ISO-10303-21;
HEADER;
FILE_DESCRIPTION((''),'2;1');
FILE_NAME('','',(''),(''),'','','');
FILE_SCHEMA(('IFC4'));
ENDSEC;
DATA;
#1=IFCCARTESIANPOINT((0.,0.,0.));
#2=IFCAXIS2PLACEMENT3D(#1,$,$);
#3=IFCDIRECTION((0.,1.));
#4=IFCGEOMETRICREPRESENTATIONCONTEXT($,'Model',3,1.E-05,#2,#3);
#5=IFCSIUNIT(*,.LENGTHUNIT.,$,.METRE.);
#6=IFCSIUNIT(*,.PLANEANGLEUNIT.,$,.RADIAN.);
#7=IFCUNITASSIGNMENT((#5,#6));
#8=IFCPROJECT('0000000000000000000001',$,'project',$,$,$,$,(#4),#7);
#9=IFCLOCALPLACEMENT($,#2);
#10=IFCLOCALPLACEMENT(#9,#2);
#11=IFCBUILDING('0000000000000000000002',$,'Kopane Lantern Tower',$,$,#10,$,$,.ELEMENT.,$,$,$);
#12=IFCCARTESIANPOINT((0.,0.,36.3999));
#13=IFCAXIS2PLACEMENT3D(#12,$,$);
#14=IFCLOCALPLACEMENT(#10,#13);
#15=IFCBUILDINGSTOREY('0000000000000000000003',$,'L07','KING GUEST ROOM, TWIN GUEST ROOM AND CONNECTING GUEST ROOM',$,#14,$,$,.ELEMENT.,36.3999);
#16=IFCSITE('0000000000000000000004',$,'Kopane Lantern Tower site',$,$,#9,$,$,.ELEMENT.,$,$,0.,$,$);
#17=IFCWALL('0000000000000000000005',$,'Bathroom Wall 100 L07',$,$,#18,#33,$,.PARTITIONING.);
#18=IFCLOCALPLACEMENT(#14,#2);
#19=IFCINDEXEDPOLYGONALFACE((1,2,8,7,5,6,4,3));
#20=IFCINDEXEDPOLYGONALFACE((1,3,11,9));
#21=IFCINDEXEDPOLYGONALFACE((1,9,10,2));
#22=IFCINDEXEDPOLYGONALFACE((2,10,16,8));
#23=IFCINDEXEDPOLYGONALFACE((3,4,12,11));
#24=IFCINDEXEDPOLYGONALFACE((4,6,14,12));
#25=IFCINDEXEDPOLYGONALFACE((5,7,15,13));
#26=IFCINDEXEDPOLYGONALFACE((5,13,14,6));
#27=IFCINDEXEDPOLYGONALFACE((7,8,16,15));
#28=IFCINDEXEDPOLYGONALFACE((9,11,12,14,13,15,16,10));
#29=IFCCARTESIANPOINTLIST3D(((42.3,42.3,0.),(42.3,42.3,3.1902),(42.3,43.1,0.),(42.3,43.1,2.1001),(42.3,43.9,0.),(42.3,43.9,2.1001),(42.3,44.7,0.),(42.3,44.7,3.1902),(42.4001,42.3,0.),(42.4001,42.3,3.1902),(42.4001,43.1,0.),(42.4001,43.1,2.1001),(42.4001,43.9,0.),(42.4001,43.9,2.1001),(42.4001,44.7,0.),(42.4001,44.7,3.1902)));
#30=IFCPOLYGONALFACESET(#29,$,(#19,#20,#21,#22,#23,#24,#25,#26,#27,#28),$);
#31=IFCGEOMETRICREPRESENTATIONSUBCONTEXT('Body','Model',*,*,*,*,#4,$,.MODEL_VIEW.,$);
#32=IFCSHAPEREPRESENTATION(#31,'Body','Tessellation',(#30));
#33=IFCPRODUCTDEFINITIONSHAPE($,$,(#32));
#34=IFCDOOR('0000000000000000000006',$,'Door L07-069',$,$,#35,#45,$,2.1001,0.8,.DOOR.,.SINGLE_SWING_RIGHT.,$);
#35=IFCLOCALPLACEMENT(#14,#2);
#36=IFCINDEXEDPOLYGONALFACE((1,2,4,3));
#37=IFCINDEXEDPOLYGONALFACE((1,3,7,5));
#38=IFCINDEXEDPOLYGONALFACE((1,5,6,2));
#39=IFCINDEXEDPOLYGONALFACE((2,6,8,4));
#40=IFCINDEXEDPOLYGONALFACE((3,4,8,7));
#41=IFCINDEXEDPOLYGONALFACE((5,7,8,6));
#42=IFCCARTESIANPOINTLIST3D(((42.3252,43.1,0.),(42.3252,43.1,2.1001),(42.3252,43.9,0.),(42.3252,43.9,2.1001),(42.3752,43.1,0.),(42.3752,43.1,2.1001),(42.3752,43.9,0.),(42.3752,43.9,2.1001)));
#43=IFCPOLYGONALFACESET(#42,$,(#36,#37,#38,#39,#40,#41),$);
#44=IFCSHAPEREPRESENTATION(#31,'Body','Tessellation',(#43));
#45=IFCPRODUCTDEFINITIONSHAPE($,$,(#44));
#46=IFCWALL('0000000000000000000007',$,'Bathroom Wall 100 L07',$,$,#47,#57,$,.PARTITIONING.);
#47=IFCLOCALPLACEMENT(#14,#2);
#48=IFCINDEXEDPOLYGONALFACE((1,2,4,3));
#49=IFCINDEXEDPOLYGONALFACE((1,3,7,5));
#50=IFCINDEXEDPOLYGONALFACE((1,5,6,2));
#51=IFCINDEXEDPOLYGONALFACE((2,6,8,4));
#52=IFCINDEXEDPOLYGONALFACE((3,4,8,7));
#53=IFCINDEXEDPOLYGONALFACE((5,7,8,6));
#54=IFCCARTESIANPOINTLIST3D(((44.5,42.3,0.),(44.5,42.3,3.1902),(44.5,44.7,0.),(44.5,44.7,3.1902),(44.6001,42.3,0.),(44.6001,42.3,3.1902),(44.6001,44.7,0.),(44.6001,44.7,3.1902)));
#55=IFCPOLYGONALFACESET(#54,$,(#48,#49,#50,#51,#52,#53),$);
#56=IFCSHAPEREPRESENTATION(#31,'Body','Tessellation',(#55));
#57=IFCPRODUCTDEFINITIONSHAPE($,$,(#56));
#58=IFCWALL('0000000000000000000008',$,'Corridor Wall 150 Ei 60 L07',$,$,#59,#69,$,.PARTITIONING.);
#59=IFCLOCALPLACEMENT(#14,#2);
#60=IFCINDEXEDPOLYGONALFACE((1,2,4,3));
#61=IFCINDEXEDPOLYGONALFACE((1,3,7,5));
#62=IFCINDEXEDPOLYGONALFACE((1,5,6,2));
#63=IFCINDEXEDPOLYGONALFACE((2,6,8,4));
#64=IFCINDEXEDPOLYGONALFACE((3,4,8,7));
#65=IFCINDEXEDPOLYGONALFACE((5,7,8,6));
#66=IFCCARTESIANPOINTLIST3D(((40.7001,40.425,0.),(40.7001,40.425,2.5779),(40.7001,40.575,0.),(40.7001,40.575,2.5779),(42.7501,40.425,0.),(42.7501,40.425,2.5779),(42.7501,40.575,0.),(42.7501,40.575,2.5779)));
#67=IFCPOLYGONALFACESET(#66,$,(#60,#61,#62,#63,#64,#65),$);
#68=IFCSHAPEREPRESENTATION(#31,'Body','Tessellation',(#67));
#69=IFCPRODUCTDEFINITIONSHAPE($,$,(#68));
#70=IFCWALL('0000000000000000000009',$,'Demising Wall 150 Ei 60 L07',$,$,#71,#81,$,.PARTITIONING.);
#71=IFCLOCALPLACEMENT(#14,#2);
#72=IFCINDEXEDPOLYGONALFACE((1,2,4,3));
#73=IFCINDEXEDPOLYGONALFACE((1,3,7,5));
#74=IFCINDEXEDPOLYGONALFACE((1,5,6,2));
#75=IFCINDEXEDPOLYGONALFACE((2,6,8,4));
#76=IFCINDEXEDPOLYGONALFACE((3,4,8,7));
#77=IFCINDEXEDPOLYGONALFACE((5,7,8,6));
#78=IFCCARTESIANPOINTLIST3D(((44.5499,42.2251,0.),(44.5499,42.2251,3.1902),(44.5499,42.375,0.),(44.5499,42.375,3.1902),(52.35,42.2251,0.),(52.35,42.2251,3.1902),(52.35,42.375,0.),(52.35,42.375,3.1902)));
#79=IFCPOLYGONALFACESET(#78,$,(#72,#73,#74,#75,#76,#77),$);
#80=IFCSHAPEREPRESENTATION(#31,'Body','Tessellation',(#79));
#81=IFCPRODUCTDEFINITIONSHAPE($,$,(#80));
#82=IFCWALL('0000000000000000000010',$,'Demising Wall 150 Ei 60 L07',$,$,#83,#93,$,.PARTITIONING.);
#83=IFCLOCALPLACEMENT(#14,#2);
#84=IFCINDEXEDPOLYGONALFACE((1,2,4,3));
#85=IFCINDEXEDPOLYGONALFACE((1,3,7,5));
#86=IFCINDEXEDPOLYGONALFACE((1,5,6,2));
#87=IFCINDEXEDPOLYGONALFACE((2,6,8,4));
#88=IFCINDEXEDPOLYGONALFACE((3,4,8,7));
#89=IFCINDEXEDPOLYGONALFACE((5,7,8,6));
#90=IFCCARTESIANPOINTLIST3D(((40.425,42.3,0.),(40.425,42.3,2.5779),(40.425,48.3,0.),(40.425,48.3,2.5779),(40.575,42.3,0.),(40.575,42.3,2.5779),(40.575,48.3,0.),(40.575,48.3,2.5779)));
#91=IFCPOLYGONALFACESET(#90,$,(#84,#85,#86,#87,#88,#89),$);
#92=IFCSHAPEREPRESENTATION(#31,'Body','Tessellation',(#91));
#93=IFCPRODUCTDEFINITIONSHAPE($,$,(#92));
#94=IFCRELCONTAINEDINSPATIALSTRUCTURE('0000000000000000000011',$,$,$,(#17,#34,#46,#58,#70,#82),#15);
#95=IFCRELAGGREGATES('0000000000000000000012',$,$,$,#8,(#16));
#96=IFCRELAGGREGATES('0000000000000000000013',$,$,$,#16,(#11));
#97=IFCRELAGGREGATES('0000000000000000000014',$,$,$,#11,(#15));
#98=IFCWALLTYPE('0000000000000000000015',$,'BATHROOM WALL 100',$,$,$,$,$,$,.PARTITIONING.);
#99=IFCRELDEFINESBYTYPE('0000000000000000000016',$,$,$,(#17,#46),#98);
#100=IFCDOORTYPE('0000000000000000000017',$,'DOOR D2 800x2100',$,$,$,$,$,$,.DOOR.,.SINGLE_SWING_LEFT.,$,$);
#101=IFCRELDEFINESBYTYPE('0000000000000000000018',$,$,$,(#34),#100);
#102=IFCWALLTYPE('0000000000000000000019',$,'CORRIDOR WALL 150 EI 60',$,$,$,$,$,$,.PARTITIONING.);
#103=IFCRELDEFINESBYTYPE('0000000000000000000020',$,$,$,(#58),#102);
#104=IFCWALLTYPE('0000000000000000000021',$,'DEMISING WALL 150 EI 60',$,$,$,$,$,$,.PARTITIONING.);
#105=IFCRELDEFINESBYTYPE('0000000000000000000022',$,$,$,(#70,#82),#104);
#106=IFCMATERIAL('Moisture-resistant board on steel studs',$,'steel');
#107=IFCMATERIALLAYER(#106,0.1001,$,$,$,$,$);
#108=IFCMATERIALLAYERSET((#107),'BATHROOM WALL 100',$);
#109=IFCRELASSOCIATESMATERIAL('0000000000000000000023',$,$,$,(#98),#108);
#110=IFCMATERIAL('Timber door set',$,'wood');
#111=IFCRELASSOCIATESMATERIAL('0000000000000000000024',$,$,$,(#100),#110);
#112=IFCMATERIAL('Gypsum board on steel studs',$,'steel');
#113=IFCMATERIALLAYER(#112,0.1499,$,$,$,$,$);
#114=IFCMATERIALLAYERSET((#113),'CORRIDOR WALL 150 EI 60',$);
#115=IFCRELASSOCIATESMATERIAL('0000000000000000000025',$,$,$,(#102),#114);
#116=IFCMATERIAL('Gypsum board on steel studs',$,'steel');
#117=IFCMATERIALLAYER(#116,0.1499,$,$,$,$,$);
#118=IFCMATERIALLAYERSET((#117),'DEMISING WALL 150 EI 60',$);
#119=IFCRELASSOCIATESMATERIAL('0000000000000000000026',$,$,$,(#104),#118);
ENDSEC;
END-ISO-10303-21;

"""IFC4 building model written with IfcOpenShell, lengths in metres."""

from ifc_helpers import new_model, si_unit, direction, frame, frame_2d, origin, place, context, subcontext, project, spatial, rectangle, extrude, material, layer, layer_set, type_object, element, fill, save


model = new_model("IFC4")

# Units and contexts
model_context = context("Model", 3, precision=1e-05, world=origin(), true_north=direction((0.0, 1.0)))
body_context = subcontext(model_context, "Body", "Model", "MODEL_VIEW")
ifc_project = project(units=[si_unit("LENGTHUNIT", "METRE"), si_unit("PLANEANGLEUNIT", "RADIAN")], contexts=[model_context])

# Site, building, storey
site_placement = place(None, origin())
site = spatial("IfcSite", under=ifc_project, at=site_placement, Name="Kopane Lantern Tower site", CompositionType="ELEMENT", RefElevation=0.0)
building_placement = place(site_placement, origin())
building = spatial("IfcBuilding", under=site, at=building_placement, Name="Kopane Lantern Tower", CompositionType="ELEMENT")
storey_placement = place(building_placement, frame((0.0, 0.0, 36.3999)))
storey = spatial("IfcBuildingStorey", under=building, at=storey_placement, Name="L07", Description="KING GUEST ROOM, TWIN GUEST ROOM AND CONNECTING GUEST ROOM", CompositionType="ELEMENT", Elevation=36.3999)

# Wall, opening, door
ifc_material_1 = material(Name="Moisture-resistant board on steel studs", Category="steel")
ifc_layer_1 = layer(ifc_material_1, 0.1001)
ifc_layer_set_1 = layer_set([ifc_layer_1], Name="BATHROOM WALL 100")
wall_type_1 = type_object("IfcWallType", Name="BATHROOM WALL 100", PredefinedType="PARTITIONING", material=ifc_layer_set_1)
wall_1_placement = place(storey_placement, frame((42.3501, 42.3, 0.0), z_axis=(0.0, 0.0, 1.0), x_axis=(0.0, 1.0, 0.0)))
wall_1 = element("IfcWall", 1, at=wall_1_placement, inside=storey, type_object=wall_type_1, Name="Bathroom Wall 100 L07", PredefinedType="PARTITIONING", context=body_context, shape_type="SweptSolid", body=[
    extrude(rectangle(XDim=2.3999, YDim=0.1001, at=frame_2d((1.2, 0.0))), origin(), (0.0, 0.0, 1.0), 3.1902),
])
opening_1_placement = place(wall_1_placement, frame((0.8, 0.0, 0.0)))
opening_1 = element("IfcOpeningElement", 2, at=opening_1_placement, cuts=wall_1, PredefinedType="OPENING", context=body_context, shape_type="SweptSolid", body=[
    extrude(rectangle(XDim=0.8, YDim=2.1001, at=frame_2d((0.3999, 1.05))), frame((0.0, 0.0601, 0.0), z_axis=(0.0, -1.0, 0.0), x_axis=(1.0, 0.0, 0.0)), (0.0, 0.0, 1.0), 0.1201),
])
ifc_material_2 = material(Name="Timber door set", Category="wood")
door_type_1 = type_object("IfcDoorType", Name="DOOR D2 800x2100", OperationType="SINGLE_SWING_LEFT", PredefinedType="DOOR", material=ifc_material_2)
door_1_placement = place(opening_1_placement, origin())
door_1 = element("IfcDoor", 3, at=door_1_placement, inside=storey, type_object=door_type_1, Name="Door L07-069", OperationType="SINGLE_SWING_RIGHT", OverallHeight=2.1001, OverallWidth=0.8, PredefinedType="DOOR", context=body_context, shape_type="SweptSolid", body=[
    extrude(rectangle(XDim=0.8, YDim=2.1001, at=frame_2d((0.3999, 1.05))), frame((0.0, 0.0249, 0.0), z_axis=(0.0, -1.0, 0.0), x_axis=(1.0, 0.0, 0.0)), (0.0, 0.0, 1.0), 0.05),
])
fill(opening_1, door_1)

# Walls
wall_2_placement = place(storey_placement, frame((44.55, 42.3, 0.0), z_axis=(0.0, 0.0, 1.0), x_axis=(0.0, 1.0, 0.0)))
element("IfcWall", 4, at=wall_2_placement, inside=storey, type_object=wall_type_1, Name="Bathroom Wall 100 L07", PredefinedType="PARTITIONING", context=body_context, shape_type="SweptSolid", body=[
    extrude(rectangle(XDim=2.3999, YDim=0.1001, at=frame_2d((1.2, 0.0))), origin(), (0.0, 0.0, 1.0), 3.1902),
])
ifc_material_3 = material(Name="Gypsum board on steel studs", Category="steel")
ifc_layer_2 = layer(ifc_material_3, 0.1499)
ifc_layer_set_2 = layer_set([ifc_layer_2], Name="CORRIDOR WALL 150 EI 60")
wall_type_2 = type_object("IfcWallType", Name="CORRIDOR WALL 150 EI 60", PredefinedType="PARTITIONING", material=ifc_layer_set_2)
wall_3_placement = place(storey_placement, frame((42.75, 40.5, 0.0), z_axis=(0.0, 0.0, 1.0), x_axis=(-1.0, 0.0, 0.0)))
element("IfcWall", 5, at=wall_3_placement, inside=storey, type_object=wall_type_2, Name="Corridor Wall 150 Ei 60 L07", PredefinedType="PARTITIONING", context=body_context, shape_type="SweptSolid", body=[
    extrude(rectangle(XDim=2.05, YDim=0.1499, at=frame_2d((1.0249, 0.0))), origin(), (0.0, 0.0, 1.0), 2.5779),
])
ifc_material_4 = material(Name="Gypsum board on steel studs", Category="steel")
ifc_layer_3 = layer(ifc_material_4, 0.1499)
ifc_layer_set_3 = layer_set([ifc_layer_3], Name="DEMISING WALL 150 EI 60")
wall_type_3 = type_object("IfcWallType", Name="DEMISING WALL 150 EI 60", PredefinedType="PARTITIONING", material=ifc_layer_set_3)
wall_4_placement = place(storey_placement, frame((44.55, 42.3, 0.0), z_axis=(0.0, 0.0, 1.0), x_axis=(1.0, 0.0, 0.0)))
element("IfcWall", 6, at=wall_4_placement, inside=storey, type_object=wall_type_3, Name="Demising Wall 150 Ei 60 L07", PredefinedType="PARTITIONING", context=body_context, shape_type="SweptSolid", body=[
    extrude(rectangle(XDim=7.8, YDim=0.1499, at=frame_2d((3.8999, 0.0))), origin(), (0.0, 0.0, 1.0), 3.1902),
])
wall_5_placement = place(storey_placement, frame((40.5, 42.3, 0.0), z_axis=(0.0, 0.0, 1.0), x_axis=(0.0, 1.0, 0.0)))
element("IfcWall", 7, at=wall_5_placement, inside=storey, type_object=wall_type_3, Name="Demising Wall 150 Ei 60 L07", PredefinedType="PARTITIONING", context=body_context, shape_type="SweptSolid", body=[
    extrude(rectangle(XDim=6.0, YDim=0.1499, at=frame_2d((3.0, 0.0))), origin(), (0.0, 0.0, 1.0), 2.5779),
])

save(model, "model.ifc")
